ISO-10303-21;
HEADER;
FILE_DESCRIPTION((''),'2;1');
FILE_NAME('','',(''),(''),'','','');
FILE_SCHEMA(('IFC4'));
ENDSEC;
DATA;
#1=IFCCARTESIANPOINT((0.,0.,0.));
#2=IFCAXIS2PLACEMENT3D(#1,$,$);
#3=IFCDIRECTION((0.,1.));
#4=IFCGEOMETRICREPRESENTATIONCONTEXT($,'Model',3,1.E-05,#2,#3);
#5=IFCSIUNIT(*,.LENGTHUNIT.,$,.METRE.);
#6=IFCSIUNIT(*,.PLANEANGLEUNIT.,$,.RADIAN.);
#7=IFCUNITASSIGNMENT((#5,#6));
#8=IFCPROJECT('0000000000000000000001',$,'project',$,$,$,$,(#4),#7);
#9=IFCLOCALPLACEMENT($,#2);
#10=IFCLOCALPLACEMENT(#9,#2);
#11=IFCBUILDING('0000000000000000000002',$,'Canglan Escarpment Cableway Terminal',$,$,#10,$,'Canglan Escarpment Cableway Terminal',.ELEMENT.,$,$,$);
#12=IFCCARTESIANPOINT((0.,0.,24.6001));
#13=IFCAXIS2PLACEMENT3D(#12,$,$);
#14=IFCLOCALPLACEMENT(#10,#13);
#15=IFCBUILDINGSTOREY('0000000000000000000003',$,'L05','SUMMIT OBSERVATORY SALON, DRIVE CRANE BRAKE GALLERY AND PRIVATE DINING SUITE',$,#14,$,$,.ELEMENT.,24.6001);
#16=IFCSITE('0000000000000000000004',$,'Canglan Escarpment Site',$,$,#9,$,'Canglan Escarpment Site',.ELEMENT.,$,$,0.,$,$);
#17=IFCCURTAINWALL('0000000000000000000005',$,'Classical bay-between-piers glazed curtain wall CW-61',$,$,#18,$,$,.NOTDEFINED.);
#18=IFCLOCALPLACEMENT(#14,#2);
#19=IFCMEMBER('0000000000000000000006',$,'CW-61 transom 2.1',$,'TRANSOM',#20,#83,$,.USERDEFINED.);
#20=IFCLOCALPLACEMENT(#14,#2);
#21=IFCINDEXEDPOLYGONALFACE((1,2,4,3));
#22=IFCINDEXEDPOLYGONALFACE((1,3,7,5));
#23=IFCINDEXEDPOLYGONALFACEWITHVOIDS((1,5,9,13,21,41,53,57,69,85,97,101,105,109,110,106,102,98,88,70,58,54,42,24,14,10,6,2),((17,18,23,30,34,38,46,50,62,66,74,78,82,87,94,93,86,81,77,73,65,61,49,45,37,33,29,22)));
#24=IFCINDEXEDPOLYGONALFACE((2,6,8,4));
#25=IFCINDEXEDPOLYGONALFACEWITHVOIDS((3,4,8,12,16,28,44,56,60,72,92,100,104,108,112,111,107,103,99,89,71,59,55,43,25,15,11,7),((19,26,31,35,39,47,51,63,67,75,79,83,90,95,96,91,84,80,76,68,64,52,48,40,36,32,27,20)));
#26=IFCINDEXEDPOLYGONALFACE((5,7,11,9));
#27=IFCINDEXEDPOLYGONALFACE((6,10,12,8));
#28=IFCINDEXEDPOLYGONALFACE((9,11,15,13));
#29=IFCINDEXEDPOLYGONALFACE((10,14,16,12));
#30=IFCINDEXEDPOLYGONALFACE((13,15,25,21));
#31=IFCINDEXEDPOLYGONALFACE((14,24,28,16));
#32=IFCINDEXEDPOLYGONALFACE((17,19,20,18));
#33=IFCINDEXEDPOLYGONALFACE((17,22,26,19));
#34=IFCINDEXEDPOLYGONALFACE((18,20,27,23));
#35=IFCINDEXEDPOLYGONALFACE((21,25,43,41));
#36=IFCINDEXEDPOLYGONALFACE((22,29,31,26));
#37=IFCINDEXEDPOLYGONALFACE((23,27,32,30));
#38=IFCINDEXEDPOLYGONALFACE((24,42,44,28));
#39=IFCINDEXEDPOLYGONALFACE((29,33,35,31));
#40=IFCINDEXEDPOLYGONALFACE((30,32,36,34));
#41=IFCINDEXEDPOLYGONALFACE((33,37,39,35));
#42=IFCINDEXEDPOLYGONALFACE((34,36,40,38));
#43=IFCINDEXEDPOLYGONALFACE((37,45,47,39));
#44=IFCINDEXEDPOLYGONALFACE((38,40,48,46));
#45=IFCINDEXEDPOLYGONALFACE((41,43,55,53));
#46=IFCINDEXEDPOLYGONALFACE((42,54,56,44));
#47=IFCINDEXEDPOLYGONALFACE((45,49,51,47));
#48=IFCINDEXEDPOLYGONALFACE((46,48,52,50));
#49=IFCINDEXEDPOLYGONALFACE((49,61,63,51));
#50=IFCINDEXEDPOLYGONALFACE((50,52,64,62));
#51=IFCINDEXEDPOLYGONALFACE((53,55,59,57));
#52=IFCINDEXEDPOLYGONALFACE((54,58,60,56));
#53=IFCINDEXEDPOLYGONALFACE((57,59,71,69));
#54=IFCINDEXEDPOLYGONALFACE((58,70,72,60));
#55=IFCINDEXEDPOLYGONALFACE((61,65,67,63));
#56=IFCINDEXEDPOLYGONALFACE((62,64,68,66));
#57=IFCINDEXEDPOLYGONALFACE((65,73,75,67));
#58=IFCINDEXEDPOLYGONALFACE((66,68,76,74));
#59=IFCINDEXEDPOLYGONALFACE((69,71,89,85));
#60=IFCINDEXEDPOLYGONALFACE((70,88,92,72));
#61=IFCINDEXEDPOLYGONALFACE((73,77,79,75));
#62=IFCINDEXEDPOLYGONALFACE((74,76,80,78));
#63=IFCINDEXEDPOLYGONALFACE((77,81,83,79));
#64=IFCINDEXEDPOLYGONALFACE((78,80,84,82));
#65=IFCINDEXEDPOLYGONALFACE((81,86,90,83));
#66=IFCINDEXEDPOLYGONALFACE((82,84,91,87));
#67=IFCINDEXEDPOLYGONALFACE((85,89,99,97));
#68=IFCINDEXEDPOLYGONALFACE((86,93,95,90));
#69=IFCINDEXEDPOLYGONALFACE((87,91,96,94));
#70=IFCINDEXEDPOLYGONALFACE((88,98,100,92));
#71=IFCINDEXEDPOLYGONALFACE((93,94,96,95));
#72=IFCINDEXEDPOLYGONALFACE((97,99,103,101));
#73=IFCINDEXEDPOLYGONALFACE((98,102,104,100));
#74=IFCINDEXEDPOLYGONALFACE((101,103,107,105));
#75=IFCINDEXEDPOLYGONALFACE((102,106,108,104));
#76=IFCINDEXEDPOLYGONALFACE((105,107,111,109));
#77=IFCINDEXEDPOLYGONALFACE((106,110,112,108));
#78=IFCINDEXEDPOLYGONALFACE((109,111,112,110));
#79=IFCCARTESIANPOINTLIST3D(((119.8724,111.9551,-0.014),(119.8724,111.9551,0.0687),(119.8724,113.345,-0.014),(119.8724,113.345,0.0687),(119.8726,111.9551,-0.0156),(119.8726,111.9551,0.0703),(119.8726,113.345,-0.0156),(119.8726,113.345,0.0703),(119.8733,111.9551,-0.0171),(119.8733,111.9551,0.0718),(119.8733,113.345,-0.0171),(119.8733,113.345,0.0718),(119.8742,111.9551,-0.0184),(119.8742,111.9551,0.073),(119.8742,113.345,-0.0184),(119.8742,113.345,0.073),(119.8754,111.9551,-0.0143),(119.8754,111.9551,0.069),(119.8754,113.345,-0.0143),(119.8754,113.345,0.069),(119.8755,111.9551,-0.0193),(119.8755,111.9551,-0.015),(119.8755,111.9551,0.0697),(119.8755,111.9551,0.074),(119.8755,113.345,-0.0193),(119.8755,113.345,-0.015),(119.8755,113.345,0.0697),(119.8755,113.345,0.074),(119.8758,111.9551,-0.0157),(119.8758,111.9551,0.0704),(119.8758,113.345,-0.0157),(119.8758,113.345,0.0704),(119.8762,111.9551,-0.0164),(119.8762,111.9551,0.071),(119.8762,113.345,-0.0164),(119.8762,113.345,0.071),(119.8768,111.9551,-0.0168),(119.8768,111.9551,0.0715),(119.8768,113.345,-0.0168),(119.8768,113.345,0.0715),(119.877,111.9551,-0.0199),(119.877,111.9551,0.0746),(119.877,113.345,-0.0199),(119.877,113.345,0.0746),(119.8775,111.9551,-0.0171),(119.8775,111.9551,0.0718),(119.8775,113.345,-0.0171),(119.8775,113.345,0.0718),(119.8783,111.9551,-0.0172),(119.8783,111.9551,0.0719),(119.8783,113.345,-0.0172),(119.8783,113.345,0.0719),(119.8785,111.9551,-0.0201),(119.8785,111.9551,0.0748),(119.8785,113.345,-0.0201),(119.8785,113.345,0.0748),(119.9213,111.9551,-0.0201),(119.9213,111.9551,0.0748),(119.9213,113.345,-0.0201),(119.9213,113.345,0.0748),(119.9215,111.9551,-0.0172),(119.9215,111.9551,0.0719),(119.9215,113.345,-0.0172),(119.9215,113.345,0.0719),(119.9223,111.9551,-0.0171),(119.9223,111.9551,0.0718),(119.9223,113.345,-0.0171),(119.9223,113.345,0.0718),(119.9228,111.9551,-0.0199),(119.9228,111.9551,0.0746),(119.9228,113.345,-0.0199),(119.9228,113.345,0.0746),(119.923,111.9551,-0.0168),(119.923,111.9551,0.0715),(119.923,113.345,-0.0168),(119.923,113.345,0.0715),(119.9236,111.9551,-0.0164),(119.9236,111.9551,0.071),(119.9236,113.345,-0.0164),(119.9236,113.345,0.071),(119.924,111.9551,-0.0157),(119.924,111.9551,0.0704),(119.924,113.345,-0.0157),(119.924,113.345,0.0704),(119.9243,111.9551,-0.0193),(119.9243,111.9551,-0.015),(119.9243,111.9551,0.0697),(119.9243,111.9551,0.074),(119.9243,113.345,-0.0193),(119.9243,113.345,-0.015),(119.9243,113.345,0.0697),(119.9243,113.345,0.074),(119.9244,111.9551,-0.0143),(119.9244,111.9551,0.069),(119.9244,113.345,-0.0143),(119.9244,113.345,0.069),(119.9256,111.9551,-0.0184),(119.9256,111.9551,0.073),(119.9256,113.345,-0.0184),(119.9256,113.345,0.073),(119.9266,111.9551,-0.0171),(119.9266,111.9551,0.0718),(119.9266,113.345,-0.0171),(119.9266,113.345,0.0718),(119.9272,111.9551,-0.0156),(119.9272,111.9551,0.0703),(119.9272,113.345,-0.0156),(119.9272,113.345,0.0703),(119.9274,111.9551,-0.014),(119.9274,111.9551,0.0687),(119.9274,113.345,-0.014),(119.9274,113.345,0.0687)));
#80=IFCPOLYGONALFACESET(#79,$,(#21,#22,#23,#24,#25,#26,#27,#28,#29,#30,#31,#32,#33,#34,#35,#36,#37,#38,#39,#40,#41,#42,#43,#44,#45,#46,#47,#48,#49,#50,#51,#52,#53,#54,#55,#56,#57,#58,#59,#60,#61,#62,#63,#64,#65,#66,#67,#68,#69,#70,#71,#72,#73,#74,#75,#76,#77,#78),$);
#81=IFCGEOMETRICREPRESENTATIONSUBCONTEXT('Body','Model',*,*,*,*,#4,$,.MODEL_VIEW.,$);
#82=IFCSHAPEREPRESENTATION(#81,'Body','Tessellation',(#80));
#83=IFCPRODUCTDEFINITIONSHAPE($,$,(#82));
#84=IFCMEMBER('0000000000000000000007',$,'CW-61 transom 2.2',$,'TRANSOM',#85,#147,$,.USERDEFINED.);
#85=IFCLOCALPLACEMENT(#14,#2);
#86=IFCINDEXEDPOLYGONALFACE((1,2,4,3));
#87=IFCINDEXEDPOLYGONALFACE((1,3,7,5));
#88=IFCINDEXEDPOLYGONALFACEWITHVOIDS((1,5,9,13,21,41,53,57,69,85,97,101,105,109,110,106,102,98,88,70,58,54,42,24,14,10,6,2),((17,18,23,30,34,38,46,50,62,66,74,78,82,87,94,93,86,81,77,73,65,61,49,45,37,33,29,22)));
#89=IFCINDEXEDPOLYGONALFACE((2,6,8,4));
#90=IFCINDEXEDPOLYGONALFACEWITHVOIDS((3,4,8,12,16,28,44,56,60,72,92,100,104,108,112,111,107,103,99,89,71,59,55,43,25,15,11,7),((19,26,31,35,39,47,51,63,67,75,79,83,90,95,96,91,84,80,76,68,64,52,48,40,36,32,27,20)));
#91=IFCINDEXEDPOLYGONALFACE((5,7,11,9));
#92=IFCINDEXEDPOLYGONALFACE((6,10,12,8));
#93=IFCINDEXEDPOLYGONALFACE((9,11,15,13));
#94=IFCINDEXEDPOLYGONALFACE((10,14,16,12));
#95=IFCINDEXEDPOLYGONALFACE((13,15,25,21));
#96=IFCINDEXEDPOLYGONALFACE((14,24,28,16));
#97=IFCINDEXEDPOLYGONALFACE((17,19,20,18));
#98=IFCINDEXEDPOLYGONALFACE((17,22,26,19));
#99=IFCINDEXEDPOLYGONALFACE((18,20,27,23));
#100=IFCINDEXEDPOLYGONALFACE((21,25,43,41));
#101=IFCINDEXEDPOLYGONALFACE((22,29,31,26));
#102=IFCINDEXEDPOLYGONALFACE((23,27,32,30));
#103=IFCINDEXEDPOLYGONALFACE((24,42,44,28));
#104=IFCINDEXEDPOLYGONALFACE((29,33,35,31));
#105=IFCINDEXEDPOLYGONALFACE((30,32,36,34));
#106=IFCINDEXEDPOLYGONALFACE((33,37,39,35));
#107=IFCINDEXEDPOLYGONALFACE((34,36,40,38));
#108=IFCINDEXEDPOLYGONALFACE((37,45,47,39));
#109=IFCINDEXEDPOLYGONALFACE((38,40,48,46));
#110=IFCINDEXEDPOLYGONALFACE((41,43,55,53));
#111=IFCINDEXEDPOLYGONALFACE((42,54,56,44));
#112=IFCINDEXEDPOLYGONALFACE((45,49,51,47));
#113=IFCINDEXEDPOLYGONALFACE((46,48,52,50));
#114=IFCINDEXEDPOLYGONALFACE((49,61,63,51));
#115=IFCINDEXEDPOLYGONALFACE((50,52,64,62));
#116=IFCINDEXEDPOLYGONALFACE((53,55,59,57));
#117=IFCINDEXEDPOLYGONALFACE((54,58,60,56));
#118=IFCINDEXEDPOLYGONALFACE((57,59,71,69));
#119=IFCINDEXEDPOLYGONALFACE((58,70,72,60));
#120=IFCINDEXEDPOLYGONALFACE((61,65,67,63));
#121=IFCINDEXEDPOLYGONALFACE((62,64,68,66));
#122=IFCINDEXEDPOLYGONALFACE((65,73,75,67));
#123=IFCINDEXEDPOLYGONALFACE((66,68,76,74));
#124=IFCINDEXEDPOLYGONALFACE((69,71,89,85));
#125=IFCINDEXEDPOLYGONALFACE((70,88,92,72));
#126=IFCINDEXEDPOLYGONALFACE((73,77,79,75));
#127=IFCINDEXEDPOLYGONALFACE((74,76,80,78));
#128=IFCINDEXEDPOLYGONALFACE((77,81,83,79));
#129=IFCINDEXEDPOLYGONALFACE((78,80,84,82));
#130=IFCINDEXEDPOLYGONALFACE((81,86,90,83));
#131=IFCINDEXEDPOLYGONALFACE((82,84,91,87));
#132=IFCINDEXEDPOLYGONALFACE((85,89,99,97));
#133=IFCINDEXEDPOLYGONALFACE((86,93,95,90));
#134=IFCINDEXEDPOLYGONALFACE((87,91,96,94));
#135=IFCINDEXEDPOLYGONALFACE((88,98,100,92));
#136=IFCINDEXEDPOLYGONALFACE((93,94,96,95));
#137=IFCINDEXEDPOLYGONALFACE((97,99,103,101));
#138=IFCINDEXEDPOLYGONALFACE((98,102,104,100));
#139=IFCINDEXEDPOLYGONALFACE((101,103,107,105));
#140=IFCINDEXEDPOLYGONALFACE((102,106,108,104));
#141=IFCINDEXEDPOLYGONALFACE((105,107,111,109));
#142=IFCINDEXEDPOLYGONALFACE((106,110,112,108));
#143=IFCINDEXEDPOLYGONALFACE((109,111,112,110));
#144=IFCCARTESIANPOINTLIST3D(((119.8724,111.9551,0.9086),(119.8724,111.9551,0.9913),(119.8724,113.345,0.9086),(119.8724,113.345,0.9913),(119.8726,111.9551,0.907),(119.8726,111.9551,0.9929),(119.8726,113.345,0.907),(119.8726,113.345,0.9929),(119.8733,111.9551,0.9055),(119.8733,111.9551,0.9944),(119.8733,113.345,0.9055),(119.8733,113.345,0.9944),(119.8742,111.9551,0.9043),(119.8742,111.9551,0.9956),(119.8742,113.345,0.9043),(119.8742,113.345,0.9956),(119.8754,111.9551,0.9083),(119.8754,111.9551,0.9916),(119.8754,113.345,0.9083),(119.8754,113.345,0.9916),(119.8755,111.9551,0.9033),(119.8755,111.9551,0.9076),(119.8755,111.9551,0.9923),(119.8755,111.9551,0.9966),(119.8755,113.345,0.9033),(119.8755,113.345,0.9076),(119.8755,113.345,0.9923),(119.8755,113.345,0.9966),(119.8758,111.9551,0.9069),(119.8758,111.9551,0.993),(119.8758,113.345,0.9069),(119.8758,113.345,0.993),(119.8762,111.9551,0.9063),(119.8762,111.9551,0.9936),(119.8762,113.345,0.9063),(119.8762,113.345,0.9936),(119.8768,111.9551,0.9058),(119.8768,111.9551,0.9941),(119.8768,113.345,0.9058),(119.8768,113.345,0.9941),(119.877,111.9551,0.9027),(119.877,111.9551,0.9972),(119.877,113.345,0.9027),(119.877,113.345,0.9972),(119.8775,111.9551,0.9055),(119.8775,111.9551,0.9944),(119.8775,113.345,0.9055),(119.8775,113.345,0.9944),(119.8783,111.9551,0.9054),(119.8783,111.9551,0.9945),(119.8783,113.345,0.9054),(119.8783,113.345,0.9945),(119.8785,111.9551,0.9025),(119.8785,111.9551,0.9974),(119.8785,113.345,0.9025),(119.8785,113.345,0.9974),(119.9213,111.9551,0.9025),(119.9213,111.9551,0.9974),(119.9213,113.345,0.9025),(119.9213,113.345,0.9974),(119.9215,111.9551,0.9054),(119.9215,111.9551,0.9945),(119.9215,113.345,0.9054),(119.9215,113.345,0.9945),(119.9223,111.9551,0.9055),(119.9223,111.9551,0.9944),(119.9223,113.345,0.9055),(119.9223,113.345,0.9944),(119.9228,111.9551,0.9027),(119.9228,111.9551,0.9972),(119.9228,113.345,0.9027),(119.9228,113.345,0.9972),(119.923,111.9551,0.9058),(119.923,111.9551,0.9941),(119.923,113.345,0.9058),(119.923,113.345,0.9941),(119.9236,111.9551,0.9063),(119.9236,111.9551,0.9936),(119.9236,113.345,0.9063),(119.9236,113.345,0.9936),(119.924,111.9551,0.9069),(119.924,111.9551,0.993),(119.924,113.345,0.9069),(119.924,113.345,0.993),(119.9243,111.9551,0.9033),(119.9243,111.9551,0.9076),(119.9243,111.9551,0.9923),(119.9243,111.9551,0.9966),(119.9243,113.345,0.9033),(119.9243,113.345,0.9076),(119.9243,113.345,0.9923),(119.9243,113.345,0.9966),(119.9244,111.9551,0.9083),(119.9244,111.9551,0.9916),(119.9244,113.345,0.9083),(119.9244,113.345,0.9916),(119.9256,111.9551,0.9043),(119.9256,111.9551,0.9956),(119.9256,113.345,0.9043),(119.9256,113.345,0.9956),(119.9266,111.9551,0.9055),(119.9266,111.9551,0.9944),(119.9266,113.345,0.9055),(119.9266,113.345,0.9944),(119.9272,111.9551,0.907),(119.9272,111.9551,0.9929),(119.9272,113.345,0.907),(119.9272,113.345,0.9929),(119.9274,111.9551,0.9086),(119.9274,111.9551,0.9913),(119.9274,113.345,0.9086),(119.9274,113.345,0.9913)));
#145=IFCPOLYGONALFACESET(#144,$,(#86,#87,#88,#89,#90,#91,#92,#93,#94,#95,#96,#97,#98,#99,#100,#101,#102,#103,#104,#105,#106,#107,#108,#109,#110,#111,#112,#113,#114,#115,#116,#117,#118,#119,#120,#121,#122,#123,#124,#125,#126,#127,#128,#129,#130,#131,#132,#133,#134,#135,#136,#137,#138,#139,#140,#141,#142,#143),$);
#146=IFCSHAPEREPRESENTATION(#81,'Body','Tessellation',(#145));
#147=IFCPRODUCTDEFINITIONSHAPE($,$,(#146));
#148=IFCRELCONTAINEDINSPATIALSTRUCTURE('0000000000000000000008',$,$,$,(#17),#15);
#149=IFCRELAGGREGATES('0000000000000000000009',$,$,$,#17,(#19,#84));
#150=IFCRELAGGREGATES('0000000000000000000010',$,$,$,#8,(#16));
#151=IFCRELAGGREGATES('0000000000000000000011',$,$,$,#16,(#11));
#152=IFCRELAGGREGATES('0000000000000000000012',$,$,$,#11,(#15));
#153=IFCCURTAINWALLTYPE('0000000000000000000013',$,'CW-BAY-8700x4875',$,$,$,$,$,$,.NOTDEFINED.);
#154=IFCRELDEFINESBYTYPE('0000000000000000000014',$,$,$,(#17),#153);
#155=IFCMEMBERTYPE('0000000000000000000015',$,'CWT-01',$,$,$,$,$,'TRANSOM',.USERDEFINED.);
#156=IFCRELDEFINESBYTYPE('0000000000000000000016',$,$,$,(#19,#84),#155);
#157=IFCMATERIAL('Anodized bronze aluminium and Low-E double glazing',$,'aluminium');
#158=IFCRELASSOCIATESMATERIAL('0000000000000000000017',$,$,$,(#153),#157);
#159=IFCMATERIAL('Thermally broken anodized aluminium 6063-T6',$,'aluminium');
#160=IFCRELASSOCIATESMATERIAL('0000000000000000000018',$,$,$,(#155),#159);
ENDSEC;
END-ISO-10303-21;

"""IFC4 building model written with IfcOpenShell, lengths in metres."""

from ifc_helpers import new_model, si_unit, direction, frame, origin, origin_2d, place, context, subcontext, project, spatial, hollow_rectangle, extrude, material, material_profile, profile_set, type_object, element, aggregate, save


model = new_model("IFC4")

# Units and contexts
model_context = context("Model", 3, precision=1e-05, world=origin(), true_north=direction((0.0, 1.0)))
body_context = subcontext(model_context, "Body", "Model", "MODEL_VIEW")
ifc_project = project(units=[si_unit("LENGTHUNIT", "METRE"), si_unit("PLANEANGLEUNIT", "RADIAN")], contexts=[model_context])

# Site, building, storey
site_placement = place(None, origin())
site = spatial("IfcSite", under=ifc_project, at=site_placement, Name="Canglan Escarpment Site", LongName="Canglan Escarpment Site", CompositionType="ELEMENT", RefElevation=0.0)
building_placement = place(site_placement, origin())
building = spatial("IfcBuilding", under=site, at=building_placement, Name="Canglan Escarpment Cableway Terminal", LongName="Canglan Escarpment Cableway Terminal", CompositionType="ELEMENT")
storey_placement = place(building_placement, frame((0.0, 0.0, 24.6001)))
storey = spatial("IfcBuildingStorey", under=building, at=storey_placement, Name="L05", Description="SUMMIT OBSERVATORY SALON, DRIVE CRANE BRAKE GALLERY AND PRIVATE DINING SUITE", CompositionType="ELEMENT", Elevation=24.6001)

# Curtain wall
ifc_material_1 = material(Name="Anodized bronze aluminium and Low-E double glazing", Category="aluminium")
curtain_wall_type_1 = type_object("IfcCurtainWallType", Name="CW-BAY-8700x4875", PredefinedType="NOTDEFINED", material=ifc_material_1)
curtain_wall_1_placement = place(storey_placement, origin())
curtain_wall_1 = element("IfcCurtainWall", 1, at=curtain_wall_1_placement, inside=storey, type_object=curtain_wall_type_1, Name="Classical bay-between-piers glazed curtain wall CW-61", PredefinedType="NOTDEFINED")
ifc_material_2 = material(Name="Thermally broken anodized aluminium 6063-T6", Category="aluminium")

# Members
ifc_material_profile_1 = material_profile(ifc_material_2, hollow_rectangle(XDim=0.0549, YDim=0.095, WallThickness=0.0029, InnerFilletRadius=0.0029, OuterFilletRadius=0.0061, at=origin_2d()), Name="ALU-TRAN 55x95x3")
ifc_profile_set_1 = profile_set([ifc_material_profile_1], Name="Thermally broken anodized aluminium 6063-T6")
member_type_1 = type_object("IfcMemberType", Name="CWT-01", ElementType="TRANSOM", PredefinedType="USERDEFINED", material=ifc_profile_set_1)
member_1_placement = place(storey_placement, frame((119.8999, 113.345, 0.0273), z_axis=(0.0, -1.0, 0.0), x_axis=(1.0, 0.0, 0.0)))
member_1 = element("IfcMember", 2, at=member_1_placement, type_object=member_type_1, Name="CW-61 transom 2.1", ObjectType="TRANSOM", PredefinedType="USERDEFINED", context=body_context, shape_type="SweptSolid", body=[
    extrude(hollow_rectangle(XDim=0.0549, YDim=0.095, WallThickness=0.0029, InnerFilletRadius=0.0029, OuterFilletRadius=0.0061, at=origin_2d()), origin(), (0.0, 0.0, 1.0), 1.3899),
])
member_2_placement = place(storey_placement, frame((119.8999, 113.345, 0.95), z_axis=(0.0, -1.0, 0.0), x_axis=(1.0, 0.0, 0.0)))
member_2 = element("IfcMember", 3, at=member_2_placement, type_object=member_type_1, Name="CW-61 transom 2.2", ObjectType="TRANSOM", PredefinedType="USERDEFINED", context=body_context, shape_type="SweptSolid", body=[
    extrude(hollow_rectangle(XDim=0.0549, YDim=0.095, WallThickness=0.0029, InnerFilletRadius=0.0029, OuterFilletRadius=0.0061, at=origin_2d()), origin(), (0.0, 0.0, 1.0), 1.3899),
])

aggregate(curtain_wall_1, [member_1, member_2])

save(model, "model.ifc")
